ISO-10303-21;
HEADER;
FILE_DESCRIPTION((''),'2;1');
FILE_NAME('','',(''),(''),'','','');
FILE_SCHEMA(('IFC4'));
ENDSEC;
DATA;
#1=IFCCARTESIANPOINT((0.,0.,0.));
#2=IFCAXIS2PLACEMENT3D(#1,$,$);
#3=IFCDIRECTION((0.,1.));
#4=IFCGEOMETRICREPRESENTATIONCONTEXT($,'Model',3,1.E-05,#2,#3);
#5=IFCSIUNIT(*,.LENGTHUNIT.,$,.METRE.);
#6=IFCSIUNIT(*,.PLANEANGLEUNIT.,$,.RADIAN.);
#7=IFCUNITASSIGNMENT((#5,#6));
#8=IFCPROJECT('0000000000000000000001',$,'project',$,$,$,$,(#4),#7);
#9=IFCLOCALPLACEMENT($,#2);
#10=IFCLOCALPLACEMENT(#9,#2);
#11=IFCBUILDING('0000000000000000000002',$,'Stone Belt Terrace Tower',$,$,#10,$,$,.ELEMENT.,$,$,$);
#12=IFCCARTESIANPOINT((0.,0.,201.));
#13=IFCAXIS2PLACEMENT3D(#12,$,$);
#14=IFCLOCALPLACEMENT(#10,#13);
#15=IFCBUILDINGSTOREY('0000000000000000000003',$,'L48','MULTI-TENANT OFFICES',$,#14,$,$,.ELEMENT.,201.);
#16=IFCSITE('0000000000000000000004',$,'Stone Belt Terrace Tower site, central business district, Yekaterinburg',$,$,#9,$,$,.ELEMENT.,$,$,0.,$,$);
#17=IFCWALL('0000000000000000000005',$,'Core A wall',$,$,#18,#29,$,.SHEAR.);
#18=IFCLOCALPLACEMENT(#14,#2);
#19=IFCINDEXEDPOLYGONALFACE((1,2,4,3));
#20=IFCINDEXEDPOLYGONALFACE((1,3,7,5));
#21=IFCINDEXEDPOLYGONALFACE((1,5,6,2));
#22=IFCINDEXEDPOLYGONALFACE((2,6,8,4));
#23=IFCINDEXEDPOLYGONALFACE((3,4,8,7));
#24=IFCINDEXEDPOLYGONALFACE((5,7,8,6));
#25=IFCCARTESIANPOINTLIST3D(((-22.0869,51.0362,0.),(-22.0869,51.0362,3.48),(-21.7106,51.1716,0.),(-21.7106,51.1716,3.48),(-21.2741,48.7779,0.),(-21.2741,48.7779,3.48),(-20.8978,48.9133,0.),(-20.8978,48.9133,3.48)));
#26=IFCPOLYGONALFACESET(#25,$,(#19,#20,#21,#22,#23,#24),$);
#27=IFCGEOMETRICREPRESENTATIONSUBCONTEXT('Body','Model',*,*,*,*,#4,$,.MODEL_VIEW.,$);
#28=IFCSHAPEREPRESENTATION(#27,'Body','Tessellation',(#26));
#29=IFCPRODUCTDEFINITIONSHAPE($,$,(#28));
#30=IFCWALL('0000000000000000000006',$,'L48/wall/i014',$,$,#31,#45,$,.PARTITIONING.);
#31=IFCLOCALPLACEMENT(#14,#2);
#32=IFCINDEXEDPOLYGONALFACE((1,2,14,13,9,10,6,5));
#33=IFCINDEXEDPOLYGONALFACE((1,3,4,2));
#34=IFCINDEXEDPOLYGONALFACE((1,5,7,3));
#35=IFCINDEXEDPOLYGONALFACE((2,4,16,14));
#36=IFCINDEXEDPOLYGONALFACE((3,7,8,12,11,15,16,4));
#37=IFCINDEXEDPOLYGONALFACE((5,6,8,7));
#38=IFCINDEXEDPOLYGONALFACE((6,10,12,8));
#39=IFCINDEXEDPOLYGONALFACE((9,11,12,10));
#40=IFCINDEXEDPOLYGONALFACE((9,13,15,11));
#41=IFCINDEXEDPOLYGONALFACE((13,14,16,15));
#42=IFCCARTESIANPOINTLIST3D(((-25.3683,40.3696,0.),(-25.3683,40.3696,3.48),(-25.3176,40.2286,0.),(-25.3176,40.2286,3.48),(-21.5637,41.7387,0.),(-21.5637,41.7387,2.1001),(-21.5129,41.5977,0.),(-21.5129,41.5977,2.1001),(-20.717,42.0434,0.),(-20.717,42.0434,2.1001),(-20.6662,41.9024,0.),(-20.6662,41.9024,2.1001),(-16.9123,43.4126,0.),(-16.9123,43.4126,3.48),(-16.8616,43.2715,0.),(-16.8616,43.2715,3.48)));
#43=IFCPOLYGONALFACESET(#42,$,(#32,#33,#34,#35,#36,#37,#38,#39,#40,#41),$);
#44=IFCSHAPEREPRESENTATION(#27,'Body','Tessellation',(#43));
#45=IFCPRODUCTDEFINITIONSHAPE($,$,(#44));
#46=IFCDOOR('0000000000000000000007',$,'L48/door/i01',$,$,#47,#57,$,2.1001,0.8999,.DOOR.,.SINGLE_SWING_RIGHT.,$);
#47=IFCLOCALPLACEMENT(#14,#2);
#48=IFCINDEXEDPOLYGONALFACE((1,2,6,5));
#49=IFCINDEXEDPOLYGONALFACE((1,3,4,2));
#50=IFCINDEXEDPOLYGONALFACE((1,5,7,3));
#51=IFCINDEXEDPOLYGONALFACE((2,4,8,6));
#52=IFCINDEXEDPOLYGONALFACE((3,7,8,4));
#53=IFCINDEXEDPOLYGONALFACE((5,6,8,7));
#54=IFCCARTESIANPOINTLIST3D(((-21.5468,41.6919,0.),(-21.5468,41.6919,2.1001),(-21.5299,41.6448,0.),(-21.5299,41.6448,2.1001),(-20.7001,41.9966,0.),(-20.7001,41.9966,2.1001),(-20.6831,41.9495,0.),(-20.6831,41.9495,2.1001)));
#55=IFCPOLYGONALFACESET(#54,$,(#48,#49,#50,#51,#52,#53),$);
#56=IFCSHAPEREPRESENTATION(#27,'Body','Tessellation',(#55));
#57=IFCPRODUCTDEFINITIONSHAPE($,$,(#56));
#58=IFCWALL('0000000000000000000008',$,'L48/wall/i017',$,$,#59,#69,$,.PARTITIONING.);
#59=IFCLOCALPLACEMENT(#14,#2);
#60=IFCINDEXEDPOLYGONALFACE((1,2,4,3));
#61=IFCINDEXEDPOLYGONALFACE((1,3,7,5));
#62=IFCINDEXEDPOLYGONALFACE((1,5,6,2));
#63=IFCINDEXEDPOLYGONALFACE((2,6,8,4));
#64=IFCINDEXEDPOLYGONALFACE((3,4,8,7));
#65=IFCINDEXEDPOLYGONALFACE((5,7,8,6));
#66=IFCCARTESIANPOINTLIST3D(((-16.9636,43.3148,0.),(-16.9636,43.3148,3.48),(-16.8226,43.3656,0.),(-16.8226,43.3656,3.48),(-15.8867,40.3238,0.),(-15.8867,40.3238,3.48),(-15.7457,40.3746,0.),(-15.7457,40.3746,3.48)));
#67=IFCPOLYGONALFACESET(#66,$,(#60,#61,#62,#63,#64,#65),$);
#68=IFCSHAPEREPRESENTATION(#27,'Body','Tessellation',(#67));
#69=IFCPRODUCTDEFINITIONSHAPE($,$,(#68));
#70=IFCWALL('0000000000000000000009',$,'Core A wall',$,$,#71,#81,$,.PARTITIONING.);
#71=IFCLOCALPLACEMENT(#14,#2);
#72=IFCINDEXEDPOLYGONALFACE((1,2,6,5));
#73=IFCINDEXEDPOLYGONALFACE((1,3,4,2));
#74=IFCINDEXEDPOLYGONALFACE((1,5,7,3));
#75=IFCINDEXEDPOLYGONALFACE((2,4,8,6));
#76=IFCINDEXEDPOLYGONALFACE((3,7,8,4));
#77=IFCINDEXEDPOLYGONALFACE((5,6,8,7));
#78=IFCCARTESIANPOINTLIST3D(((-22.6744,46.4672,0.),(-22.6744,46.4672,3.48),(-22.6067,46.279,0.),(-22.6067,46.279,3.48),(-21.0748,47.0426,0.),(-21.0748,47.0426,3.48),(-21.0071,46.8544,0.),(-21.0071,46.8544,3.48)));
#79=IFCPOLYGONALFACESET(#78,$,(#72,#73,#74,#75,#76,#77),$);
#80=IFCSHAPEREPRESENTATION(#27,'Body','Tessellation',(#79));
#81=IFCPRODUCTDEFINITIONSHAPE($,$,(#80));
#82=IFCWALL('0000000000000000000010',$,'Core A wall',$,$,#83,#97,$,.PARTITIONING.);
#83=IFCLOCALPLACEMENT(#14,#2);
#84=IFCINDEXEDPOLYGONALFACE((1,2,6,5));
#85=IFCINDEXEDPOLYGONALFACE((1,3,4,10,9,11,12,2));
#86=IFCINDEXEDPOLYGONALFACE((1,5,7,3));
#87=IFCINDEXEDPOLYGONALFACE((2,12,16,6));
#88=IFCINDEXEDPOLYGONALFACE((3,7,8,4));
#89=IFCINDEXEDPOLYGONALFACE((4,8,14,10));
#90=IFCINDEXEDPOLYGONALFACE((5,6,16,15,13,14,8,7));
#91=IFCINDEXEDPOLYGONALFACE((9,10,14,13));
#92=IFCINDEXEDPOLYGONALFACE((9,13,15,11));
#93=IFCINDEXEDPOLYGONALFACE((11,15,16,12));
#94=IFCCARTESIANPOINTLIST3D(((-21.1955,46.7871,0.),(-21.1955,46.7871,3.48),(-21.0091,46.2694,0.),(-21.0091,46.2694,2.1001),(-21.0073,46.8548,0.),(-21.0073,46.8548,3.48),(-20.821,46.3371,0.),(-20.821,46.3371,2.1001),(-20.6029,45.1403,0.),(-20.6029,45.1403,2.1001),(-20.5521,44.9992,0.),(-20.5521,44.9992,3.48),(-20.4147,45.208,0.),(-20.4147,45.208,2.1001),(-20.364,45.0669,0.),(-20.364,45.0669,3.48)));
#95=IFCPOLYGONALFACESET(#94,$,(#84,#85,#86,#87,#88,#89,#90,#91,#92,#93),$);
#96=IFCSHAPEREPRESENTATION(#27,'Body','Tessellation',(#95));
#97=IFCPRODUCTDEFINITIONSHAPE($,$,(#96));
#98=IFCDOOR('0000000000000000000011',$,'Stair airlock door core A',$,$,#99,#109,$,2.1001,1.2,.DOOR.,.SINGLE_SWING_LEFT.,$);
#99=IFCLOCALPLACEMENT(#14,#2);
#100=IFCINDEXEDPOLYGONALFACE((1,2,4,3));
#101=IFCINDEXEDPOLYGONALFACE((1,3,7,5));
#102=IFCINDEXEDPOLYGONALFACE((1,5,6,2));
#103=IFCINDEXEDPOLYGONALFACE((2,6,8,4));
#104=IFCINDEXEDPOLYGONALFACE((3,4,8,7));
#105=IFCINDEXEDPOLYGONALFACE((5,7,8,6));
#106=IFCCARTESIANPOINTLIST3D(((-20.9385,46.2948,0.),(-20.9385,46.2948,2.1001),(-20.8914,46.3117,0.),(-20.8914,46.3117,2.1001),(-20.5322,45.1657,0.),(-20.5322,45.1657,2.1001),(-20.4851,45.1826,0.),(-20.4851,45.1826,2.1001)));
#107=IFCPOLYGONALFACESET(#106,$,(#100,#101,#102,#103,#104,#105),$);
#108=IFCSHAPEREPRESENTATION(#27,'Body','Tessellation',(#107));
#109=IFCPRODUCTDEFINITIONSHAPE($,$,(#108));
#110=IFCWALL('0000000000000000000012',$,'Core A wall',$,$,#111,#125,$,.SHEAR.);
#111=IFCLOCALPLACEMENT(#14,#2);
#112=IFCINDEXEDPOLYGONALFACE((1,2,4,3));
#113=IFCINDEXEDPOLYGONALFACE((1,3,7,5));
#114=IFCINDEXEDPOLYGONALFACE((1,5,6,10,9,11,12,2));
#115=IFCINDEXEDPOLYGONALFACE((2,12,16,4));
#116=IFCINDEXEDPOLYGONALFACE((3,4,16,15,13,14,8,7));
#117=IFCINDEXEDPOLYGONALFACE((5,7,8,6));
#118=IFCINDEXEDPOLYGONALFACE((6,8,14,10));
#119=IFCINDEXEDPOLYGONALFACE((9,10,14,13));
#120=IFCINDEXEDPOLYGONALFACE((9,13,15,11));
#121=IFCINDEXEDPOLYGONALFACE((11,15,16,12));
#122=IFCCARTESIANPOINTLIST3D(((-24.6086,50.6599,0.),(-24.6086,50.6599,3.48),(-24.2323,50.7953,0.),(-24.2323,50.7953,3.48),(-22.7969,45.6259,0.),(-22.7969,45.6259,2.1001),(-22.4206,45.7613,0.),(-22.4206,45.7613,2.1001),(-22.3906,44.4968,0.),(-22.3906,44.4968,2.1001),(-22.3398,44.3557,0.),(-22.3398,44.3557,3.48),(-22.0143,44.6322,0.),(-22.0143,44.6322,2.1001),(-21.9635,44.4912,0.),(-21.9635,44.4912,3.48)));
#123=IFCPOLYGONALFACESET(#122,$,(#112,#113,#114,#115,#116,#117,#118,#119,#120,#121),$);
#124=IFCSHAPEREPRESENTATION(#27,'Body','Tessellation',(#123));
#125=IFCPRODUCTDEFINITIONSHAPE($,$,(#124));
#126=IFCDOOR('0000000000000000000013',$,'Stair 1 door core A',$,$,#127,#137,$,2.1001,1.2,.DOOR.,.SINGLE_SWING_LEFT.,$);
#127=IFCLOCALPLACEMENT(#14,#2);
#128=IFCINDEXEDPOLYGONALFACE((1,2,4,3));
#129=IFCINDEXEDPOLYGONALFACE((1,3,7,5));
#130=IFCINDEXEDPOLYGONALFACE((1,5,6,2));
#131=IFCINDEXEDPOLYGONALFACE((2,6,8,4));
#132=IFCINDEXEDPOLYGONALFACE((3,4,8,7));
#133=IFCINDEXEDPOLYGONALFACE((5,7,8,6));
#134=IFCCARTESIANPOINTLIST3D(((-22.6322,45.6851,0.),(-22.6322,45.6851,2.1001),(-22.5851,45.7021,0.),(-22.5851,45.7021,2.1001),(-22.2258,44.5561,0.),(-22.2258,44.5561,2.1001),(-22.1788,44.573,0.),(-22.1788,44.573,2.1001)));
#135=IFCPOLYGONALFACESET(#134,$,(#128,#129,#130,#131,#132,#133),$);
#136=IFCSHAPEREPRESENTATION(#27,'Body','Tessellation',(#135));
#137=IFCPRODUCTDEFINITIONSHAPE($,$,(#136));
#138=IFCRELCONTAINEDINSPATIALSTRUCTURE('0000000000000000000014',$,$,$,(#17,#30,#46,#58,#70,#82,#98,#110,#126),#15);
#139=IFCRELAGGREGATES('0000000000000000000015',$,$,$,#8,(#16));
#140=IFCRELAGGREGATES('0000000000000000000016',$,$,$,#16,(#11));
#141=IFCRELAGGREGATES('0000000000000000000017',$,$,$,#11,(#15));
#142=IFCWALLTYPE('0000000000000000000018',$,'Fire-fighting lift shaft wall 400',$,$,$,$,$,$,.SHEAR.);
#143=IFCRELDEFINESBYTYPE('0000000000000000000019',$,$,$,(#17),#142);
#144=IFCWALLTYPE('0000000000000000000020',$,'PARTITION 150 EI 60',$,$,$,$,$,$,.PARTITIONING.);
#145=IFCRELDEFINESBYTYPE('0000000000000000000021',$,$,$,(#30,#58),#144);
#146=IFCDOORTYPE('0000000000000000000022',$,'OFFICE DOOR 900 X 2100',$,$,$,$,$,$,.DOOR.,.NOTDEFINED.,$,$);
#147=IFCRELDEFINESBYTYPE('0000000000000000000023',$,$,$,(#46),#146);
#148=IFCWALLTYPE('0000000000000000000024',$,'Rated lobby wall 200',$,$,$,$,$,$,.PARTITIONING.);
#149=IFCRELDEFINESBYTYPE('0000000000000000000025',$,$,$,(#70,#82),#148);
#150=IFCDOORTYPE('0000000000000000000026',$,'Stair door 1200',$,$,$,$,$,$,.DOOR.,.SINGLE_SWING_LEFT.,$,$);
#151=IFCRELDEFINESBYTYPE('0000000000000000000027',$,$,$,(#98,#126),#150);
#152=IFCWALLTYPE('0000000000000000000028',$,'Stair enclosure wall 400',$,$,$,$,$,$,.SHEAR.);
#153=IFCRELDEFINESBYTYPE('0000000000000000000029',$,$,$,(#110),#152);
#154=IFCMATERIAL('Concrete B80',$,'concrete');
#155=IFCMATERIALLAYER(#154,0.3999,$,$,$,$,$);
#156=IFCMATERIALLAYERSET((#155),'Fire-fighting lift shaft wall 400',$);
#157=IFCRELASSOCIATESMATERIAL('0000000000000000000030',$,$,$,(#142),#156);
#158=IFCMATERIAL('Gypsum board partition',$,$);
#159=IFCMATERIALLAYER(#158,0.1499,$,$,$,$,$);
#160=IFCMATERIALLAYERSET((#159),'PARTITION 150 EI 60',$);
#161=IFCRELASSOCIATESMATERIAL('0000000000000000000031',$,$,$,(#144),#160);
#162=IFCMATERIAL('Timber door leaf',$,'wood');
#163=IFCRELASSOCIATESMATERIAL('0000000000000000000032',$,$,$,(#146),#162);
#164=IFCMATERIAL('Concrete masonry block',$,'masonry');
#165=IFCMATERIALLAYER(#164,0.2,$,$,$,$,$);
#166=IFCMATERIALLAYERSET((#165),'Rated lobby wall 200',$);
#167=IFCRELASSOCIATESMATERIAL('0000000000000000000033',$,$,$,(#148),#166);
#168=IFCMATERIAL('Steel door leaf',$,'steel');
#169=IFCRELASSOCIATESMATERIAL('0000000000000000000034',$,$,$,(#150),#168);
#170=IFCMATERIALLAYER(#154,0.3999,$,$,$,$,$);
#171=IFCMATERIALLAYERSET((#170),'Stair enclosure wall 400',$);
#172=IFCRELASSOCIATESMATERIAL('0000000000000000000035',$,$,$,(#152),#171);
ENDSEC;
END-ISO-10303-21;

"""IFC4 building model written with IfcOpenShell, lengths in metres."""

from ifc_helpers import new_model, si_unit, direction, frame, frame_2d, origin, place, context, subcontext, project, spatial, rectangle, extrude, material, layer, layer_set, type_object, element, fill, save


model = new_model("IFC4")

# Units and contexts
model_context = context("Model", 3, precision=1e-05, world=origin(), true_north=direction((0.0, 1.0)))
body_context = subcontext(model_context, "Body", "Model", "MODEL_VIEW")
ifc_project = project(units=[si_unit("LENGTHUNIT", "METRE"), si_unit("PLANEANGLEUNIT", "RADIAN")], contexts=[model_context])

# Site, building, storey
site_placement = place(None, origin())
site = spatial("IfcSite", under=ifc_project, at=site_placement, Name="Stone Belt Terrace Tower site, central business district, Yekaterinburg", CompositionType="ELEMENT", RefElevation=0.0)
building_placement = place(site_placement, origin())
building = spatial("IfcBuilding", under=site, at=building_placement, Name="Stone Belt Terrace Tower", CompositionType="ELEMENT")
storey_placement = place(building_placement, frame((0.0, 0.0, 201.0)))
storey = spatial("IfcBuildingStorey", under=building, at=storey_placement, Name="L48", Description="MULTI-TENANT OFFICES", CompositionType="ELEMENT", Elevation=201.0)

# Wall
ifc_material_1 = material(Name="Concrete B80", Category="concrete")
ifc_layer_1 = layer(ifc_material_1, 0.3999)
ifc_layer_set_1 = layer_set([ifc_layer_1], Name="Fire-fighting lift shaft wall 400")
wall_type_1 = type_object("IfcWallType", Name="Fire-fighting lift shaft wall 400", PredefinedType="SHEAR", material=ifc_layer_set_1)
wall_1_placement = place(storey_placement, frame((-21.0859, 48.8455, 0.0), z_axis=(0.0, 0.0, 1.0), x_axis=(-0.338629, 0.94092, 0.0)))
element("IfcWall", 1, at=wall_1_placement, inside=storey, type_object=wall_type_1, Name="Core A wall", PredefinedType="SHEAR", context=body_context, shape_type="SweptSolid", body=[
    extrude(rectangle(XDim=2.4001, YDim=0.3999, at=frame_2d((1.2002, 0.0))), origin(), (0.0, 0.0, 1.0), 3.48),
])

# Wall, opening, door
ifc_material_2 = material(Name="Gypsum board partition")
ifc_layer_2 = layer(ifc_material_2, 0.1499)
ifc_layer_set_2 = layer_set([ifc_layer_2], Name="PARTITION 150 EI 60")
wall_type_2 = type_object("IfcWallType", Name="PARTITION 150 EI 60", PredefinedType="PARTITIONING", material=ifc_layer_set_2)
wall_2_placement = place(storey_placement, frame((-16.887, 43.342, 0.0), z_axis=(0.0, 0.0, 1.0), x_axis=(-0.94093, -0.3386, 0.0)))
wall_2 = element("IfcWall", 2, at=wall_2_placement, inside=storey, type_object=wall_type_2, Name="L48/wall/i014", PredefinedType="PARTITIONING", context=body_context, shape_type="SweptSolid", body=[
    extrude(rectangle(XDim=8.9868, YDim=0.1499, at=frame_2d((4.4934, 0.0))), origin(), (0.0, 0.0, 1.0), 3.48),
])
opening_1_placement = place(wall_2_placement, frame((4.0435, 0.0, 0.0)))
opening_1 = element("IfcOpeningElement", 3, at=opening_1_placement, cuts=wall_2, PredefinedType="OPENING", context=body_context, shape_type="SweptSolid", body=[
    extrude(rectangle(XDim=0.8999, YDim=2.1001, at=frame_2d((0.45, 1.05))), frame((0.0, 0.085, 0.0), z_axis=(0.0, -1.0, 0.0), x_axis=(1.0, 0.0, 0.0)), (0.0, 0.0, 1.0), 0.1699),
])
ifc_material_3 = material(Name="Timber door leaf", Category="wood")
door_type_1 = type_object("IfcDoorType", Name="OFFICE DOOR 900 X 2100", OperationType="NOTDEFINED", PredefinedType="DOOR", material=ifc_material_3)
door_1_placement = place(opening_1_placement, origin())
door_1 = element("IfcDoor", 4, at=door_1_placement, inside=storey, type_object=door_type_1, Name="L48/door/i01", OperationType="SINGLE_SWING_RIGHT", OverallHeight=2.1001, OverallWidth=0.8999, PredefinedType="DOOR", context=body_context, shape_type="SweptSolid", body=[
    extrude(rectangle(XDim=0.8999, YDim=2.1001, at=frame_2d((0.45, 1.05))), frame((0.0, 0.0249, 0.0), z_axis=(0.0, -1.0, 0.0), x_axis=(1.0, 0.0, 0.0)), (0.0, 0.0, 1.0), 0.05),
])
fill(opening_1, door_1)

# Walls
wall_3_placement = place(storey_placement, frame((-16.8931, 43.3401, 0.0), z_axis=(0.0, 0.0, 1.0), x_axis=(0.338763, -0.940872, 0.0)))
element("IfcWall", 5, at=wall_3_placement, inside=storey, type_object=wall_type_2, Name="L48/wall/i017", PredefinedType="PARTITIONING", context=body_context, shape_type="SweptSolid", body=[
    extrude(rectangle(XDim=3.179, YDim=0.1499, at=frame_2d((1.5894, 0.0))), origin(), (0.0, 0.0, 1.0), 3.48),
])
ifc_material_4 = material(Name="Concrete masonry block", Category="masonry")
ifc_layer_3 = layer(ifc_material_4, 0.2)
ifc_layer_set_3 = layer_set([ifc_layer_3], Name="Rated lobby wall 200")
wall_type_3 = type_object("IfcWallType", Name="Rated lobby wall 200", PredefinedType="PARTITIONING", material=ifc_layer_set_3)
wall_4_placement = place(storey_placement, frame((-22.6406, 46.373, 0.0), z_axis=(0.0, 0.0, 1.0), x_axis=(0.940966, 0.338501, 0.0)))
element("IfcWall", 6, at=wall_4_placement, inside=storey, type_object=wall_type_3, Name="Core A wall", PredefinedType="PARTITIONING", context=body_context, shape_type="SweptSolid", body=[
    extrude(rectangle(XDim=1.7, YDim=0.2, at=frame_2d((0.8501, 0.0))), origin(), (0.0, 0.0, 1.0), 3.48),
])

# Walls, openings, doors
wall_5_placement = place(storey_placement, frame((-20.458, 45.033, 0.0), z_axis=(0.0, 0.0, 1.0), x_axis=(-0.338574, 0.94094, 0.0)))
wall_5 = element("IfcWall", 7, at=wall_5_placement, inside=storey, type_object=wall_type_3, Name="Core A wall", PredefinedType="PARTITIONING", context=body_context, shape_type="SweptSolid", body=[
    extrude(rectangle(XDim=1.9001, YDim=0.2, at=frame_2d((0.9502, 0.0))), origin(), (0.0, 0.0, 1.0), 3.48),
])
opening_2_placement = place(wall_5_placement, frame((0.1499, 0.0, 0.0)))
opening_2 = element("IfcOpeningElement", 8, at=opening_2_placement, cuts=wall_5, PredefinedType="OPENING", context=body_context, shape_type="SweptSolid", body=[
    extrude(rectangle(XDim=1.2, YDim=2.1001, at=frame_2d((0.6001, 1.05))), frame((0.0, 0.1099, 0.0), z_axis=(0.0, -1.0, 0.0), x_axis=(1.0, 0.0, 0.0)), (0.0, 0.0, 1.0), 0.22),
])
ifc_material_5 = material(Name="Steel door leaf", Category="steel")
door_type_2 = type_object("IfcDoorType", Name="Stair door 1200", OperationType="SINGLE_SWING_LEFT", PredefinedType="DOOR", material=ifc_material_5)
door_2_placement = place(opening_2_placement, origin())
door_2 = element("IfcDoor", 9, at=door_2_placement, inside=storey, type_object=door_type_2, Name="Stair airlock door core A", OperationType="SINGLE_SWING_LEFT", OverallHeight=2.1001, OverallWidth=1.2, PredefinedType="DOOR", context=body_context, shape_type="SweptSolid", body=[
    extrude(rectangle(XDim=1.2, YDim=2.1001, at=frame_2d((0.6001, 1.05))), frame((0.0, 0.0249, 0.0), z_axis=(0.0, -1.0, 0.0), x_axis=(1.0, 0.0, 0.0)), (0.0, 0.0, 1.0), 0.05),
])
fill(opening_2, door_2)
ifc_layer_4 = layer(ifc_material_1, 0.3999)
ifc_layer_set_4 = layer_set([ifc_layer_4], Name="Stair enclosure wall 400")
wall_type_4 = type_object("IfcWallType", Name="Stair enclosure wall 400", PredefinedType="SHEAR", material=ifc_layer_set_4)
wall_6_placement = place(storey_placement, frame((-22.1516, 44.4233, 0.0), z_axis=(0.0, 0.0, 1.0), x_axis=(-0.338625, 0.940921, 0.0)))
wall_6 = element("IfcWall", 10, at=wall_6_placement, inside=storey, type_object=wall_type_4, Name="Core A wall", PredefinedType="SHEAR", context=body_context, shape_type="SweptSolid", body=[
    extrude(rectangle(XDim=6.7, YDim=0.3999, at=frame_2d((3.3501, 0.0))), origin(), (0.0, 0.0, 1.0), 3.48),
])
opening_3_placement = place(wall_6_placement, frame((0.1499, 0.0, 0.0)))
opening_3 = element("IfcOpeningElement", 11, at=opening_3_placement, cuts=wall_6, PredefinedType="OPENING", context=body_context, shape_type="SweptSolid", body=[
    extrude(rectangle(XDim=1.2, YDim=2.1001, at=frame_2d((0.6001, 1.05))), frame((0.0, 0.21, 0.0), z_axis=(0.0, -1.0, 0.0), x_axis=(1.0, 0.0, 0.0)), (0.0, 0.0, 1.0), 0.4199),
])
door_3_placement = place(opening_3_placement, origin())
door_3 = element("IfcDoor", 12, at=door_3_placement, inside=storey, type_object=door_type_2, Name="Stair 1 door core A", OperationType="SINGLE_SWING_LEFT", OverallHeight=2.1001, OverallWidth=1.2, PredefinedType="DOOR", context=body_context, shape_type="SweptSolid", body=[
    extrude(rectangle(XDim=1.2, YDim=2.1001, at=frame_2d((0.6001, 1.05))), frame((0.0, 0.0249, 0.0), z_axis=(0.0, -1.0, 0.0), x_axis=(1.0, 0.0, 0.0)), (0.0, 0.0, 1.0), 0.05),
])
fill(opening_3, door_3)

save(model, "model.ifc")
